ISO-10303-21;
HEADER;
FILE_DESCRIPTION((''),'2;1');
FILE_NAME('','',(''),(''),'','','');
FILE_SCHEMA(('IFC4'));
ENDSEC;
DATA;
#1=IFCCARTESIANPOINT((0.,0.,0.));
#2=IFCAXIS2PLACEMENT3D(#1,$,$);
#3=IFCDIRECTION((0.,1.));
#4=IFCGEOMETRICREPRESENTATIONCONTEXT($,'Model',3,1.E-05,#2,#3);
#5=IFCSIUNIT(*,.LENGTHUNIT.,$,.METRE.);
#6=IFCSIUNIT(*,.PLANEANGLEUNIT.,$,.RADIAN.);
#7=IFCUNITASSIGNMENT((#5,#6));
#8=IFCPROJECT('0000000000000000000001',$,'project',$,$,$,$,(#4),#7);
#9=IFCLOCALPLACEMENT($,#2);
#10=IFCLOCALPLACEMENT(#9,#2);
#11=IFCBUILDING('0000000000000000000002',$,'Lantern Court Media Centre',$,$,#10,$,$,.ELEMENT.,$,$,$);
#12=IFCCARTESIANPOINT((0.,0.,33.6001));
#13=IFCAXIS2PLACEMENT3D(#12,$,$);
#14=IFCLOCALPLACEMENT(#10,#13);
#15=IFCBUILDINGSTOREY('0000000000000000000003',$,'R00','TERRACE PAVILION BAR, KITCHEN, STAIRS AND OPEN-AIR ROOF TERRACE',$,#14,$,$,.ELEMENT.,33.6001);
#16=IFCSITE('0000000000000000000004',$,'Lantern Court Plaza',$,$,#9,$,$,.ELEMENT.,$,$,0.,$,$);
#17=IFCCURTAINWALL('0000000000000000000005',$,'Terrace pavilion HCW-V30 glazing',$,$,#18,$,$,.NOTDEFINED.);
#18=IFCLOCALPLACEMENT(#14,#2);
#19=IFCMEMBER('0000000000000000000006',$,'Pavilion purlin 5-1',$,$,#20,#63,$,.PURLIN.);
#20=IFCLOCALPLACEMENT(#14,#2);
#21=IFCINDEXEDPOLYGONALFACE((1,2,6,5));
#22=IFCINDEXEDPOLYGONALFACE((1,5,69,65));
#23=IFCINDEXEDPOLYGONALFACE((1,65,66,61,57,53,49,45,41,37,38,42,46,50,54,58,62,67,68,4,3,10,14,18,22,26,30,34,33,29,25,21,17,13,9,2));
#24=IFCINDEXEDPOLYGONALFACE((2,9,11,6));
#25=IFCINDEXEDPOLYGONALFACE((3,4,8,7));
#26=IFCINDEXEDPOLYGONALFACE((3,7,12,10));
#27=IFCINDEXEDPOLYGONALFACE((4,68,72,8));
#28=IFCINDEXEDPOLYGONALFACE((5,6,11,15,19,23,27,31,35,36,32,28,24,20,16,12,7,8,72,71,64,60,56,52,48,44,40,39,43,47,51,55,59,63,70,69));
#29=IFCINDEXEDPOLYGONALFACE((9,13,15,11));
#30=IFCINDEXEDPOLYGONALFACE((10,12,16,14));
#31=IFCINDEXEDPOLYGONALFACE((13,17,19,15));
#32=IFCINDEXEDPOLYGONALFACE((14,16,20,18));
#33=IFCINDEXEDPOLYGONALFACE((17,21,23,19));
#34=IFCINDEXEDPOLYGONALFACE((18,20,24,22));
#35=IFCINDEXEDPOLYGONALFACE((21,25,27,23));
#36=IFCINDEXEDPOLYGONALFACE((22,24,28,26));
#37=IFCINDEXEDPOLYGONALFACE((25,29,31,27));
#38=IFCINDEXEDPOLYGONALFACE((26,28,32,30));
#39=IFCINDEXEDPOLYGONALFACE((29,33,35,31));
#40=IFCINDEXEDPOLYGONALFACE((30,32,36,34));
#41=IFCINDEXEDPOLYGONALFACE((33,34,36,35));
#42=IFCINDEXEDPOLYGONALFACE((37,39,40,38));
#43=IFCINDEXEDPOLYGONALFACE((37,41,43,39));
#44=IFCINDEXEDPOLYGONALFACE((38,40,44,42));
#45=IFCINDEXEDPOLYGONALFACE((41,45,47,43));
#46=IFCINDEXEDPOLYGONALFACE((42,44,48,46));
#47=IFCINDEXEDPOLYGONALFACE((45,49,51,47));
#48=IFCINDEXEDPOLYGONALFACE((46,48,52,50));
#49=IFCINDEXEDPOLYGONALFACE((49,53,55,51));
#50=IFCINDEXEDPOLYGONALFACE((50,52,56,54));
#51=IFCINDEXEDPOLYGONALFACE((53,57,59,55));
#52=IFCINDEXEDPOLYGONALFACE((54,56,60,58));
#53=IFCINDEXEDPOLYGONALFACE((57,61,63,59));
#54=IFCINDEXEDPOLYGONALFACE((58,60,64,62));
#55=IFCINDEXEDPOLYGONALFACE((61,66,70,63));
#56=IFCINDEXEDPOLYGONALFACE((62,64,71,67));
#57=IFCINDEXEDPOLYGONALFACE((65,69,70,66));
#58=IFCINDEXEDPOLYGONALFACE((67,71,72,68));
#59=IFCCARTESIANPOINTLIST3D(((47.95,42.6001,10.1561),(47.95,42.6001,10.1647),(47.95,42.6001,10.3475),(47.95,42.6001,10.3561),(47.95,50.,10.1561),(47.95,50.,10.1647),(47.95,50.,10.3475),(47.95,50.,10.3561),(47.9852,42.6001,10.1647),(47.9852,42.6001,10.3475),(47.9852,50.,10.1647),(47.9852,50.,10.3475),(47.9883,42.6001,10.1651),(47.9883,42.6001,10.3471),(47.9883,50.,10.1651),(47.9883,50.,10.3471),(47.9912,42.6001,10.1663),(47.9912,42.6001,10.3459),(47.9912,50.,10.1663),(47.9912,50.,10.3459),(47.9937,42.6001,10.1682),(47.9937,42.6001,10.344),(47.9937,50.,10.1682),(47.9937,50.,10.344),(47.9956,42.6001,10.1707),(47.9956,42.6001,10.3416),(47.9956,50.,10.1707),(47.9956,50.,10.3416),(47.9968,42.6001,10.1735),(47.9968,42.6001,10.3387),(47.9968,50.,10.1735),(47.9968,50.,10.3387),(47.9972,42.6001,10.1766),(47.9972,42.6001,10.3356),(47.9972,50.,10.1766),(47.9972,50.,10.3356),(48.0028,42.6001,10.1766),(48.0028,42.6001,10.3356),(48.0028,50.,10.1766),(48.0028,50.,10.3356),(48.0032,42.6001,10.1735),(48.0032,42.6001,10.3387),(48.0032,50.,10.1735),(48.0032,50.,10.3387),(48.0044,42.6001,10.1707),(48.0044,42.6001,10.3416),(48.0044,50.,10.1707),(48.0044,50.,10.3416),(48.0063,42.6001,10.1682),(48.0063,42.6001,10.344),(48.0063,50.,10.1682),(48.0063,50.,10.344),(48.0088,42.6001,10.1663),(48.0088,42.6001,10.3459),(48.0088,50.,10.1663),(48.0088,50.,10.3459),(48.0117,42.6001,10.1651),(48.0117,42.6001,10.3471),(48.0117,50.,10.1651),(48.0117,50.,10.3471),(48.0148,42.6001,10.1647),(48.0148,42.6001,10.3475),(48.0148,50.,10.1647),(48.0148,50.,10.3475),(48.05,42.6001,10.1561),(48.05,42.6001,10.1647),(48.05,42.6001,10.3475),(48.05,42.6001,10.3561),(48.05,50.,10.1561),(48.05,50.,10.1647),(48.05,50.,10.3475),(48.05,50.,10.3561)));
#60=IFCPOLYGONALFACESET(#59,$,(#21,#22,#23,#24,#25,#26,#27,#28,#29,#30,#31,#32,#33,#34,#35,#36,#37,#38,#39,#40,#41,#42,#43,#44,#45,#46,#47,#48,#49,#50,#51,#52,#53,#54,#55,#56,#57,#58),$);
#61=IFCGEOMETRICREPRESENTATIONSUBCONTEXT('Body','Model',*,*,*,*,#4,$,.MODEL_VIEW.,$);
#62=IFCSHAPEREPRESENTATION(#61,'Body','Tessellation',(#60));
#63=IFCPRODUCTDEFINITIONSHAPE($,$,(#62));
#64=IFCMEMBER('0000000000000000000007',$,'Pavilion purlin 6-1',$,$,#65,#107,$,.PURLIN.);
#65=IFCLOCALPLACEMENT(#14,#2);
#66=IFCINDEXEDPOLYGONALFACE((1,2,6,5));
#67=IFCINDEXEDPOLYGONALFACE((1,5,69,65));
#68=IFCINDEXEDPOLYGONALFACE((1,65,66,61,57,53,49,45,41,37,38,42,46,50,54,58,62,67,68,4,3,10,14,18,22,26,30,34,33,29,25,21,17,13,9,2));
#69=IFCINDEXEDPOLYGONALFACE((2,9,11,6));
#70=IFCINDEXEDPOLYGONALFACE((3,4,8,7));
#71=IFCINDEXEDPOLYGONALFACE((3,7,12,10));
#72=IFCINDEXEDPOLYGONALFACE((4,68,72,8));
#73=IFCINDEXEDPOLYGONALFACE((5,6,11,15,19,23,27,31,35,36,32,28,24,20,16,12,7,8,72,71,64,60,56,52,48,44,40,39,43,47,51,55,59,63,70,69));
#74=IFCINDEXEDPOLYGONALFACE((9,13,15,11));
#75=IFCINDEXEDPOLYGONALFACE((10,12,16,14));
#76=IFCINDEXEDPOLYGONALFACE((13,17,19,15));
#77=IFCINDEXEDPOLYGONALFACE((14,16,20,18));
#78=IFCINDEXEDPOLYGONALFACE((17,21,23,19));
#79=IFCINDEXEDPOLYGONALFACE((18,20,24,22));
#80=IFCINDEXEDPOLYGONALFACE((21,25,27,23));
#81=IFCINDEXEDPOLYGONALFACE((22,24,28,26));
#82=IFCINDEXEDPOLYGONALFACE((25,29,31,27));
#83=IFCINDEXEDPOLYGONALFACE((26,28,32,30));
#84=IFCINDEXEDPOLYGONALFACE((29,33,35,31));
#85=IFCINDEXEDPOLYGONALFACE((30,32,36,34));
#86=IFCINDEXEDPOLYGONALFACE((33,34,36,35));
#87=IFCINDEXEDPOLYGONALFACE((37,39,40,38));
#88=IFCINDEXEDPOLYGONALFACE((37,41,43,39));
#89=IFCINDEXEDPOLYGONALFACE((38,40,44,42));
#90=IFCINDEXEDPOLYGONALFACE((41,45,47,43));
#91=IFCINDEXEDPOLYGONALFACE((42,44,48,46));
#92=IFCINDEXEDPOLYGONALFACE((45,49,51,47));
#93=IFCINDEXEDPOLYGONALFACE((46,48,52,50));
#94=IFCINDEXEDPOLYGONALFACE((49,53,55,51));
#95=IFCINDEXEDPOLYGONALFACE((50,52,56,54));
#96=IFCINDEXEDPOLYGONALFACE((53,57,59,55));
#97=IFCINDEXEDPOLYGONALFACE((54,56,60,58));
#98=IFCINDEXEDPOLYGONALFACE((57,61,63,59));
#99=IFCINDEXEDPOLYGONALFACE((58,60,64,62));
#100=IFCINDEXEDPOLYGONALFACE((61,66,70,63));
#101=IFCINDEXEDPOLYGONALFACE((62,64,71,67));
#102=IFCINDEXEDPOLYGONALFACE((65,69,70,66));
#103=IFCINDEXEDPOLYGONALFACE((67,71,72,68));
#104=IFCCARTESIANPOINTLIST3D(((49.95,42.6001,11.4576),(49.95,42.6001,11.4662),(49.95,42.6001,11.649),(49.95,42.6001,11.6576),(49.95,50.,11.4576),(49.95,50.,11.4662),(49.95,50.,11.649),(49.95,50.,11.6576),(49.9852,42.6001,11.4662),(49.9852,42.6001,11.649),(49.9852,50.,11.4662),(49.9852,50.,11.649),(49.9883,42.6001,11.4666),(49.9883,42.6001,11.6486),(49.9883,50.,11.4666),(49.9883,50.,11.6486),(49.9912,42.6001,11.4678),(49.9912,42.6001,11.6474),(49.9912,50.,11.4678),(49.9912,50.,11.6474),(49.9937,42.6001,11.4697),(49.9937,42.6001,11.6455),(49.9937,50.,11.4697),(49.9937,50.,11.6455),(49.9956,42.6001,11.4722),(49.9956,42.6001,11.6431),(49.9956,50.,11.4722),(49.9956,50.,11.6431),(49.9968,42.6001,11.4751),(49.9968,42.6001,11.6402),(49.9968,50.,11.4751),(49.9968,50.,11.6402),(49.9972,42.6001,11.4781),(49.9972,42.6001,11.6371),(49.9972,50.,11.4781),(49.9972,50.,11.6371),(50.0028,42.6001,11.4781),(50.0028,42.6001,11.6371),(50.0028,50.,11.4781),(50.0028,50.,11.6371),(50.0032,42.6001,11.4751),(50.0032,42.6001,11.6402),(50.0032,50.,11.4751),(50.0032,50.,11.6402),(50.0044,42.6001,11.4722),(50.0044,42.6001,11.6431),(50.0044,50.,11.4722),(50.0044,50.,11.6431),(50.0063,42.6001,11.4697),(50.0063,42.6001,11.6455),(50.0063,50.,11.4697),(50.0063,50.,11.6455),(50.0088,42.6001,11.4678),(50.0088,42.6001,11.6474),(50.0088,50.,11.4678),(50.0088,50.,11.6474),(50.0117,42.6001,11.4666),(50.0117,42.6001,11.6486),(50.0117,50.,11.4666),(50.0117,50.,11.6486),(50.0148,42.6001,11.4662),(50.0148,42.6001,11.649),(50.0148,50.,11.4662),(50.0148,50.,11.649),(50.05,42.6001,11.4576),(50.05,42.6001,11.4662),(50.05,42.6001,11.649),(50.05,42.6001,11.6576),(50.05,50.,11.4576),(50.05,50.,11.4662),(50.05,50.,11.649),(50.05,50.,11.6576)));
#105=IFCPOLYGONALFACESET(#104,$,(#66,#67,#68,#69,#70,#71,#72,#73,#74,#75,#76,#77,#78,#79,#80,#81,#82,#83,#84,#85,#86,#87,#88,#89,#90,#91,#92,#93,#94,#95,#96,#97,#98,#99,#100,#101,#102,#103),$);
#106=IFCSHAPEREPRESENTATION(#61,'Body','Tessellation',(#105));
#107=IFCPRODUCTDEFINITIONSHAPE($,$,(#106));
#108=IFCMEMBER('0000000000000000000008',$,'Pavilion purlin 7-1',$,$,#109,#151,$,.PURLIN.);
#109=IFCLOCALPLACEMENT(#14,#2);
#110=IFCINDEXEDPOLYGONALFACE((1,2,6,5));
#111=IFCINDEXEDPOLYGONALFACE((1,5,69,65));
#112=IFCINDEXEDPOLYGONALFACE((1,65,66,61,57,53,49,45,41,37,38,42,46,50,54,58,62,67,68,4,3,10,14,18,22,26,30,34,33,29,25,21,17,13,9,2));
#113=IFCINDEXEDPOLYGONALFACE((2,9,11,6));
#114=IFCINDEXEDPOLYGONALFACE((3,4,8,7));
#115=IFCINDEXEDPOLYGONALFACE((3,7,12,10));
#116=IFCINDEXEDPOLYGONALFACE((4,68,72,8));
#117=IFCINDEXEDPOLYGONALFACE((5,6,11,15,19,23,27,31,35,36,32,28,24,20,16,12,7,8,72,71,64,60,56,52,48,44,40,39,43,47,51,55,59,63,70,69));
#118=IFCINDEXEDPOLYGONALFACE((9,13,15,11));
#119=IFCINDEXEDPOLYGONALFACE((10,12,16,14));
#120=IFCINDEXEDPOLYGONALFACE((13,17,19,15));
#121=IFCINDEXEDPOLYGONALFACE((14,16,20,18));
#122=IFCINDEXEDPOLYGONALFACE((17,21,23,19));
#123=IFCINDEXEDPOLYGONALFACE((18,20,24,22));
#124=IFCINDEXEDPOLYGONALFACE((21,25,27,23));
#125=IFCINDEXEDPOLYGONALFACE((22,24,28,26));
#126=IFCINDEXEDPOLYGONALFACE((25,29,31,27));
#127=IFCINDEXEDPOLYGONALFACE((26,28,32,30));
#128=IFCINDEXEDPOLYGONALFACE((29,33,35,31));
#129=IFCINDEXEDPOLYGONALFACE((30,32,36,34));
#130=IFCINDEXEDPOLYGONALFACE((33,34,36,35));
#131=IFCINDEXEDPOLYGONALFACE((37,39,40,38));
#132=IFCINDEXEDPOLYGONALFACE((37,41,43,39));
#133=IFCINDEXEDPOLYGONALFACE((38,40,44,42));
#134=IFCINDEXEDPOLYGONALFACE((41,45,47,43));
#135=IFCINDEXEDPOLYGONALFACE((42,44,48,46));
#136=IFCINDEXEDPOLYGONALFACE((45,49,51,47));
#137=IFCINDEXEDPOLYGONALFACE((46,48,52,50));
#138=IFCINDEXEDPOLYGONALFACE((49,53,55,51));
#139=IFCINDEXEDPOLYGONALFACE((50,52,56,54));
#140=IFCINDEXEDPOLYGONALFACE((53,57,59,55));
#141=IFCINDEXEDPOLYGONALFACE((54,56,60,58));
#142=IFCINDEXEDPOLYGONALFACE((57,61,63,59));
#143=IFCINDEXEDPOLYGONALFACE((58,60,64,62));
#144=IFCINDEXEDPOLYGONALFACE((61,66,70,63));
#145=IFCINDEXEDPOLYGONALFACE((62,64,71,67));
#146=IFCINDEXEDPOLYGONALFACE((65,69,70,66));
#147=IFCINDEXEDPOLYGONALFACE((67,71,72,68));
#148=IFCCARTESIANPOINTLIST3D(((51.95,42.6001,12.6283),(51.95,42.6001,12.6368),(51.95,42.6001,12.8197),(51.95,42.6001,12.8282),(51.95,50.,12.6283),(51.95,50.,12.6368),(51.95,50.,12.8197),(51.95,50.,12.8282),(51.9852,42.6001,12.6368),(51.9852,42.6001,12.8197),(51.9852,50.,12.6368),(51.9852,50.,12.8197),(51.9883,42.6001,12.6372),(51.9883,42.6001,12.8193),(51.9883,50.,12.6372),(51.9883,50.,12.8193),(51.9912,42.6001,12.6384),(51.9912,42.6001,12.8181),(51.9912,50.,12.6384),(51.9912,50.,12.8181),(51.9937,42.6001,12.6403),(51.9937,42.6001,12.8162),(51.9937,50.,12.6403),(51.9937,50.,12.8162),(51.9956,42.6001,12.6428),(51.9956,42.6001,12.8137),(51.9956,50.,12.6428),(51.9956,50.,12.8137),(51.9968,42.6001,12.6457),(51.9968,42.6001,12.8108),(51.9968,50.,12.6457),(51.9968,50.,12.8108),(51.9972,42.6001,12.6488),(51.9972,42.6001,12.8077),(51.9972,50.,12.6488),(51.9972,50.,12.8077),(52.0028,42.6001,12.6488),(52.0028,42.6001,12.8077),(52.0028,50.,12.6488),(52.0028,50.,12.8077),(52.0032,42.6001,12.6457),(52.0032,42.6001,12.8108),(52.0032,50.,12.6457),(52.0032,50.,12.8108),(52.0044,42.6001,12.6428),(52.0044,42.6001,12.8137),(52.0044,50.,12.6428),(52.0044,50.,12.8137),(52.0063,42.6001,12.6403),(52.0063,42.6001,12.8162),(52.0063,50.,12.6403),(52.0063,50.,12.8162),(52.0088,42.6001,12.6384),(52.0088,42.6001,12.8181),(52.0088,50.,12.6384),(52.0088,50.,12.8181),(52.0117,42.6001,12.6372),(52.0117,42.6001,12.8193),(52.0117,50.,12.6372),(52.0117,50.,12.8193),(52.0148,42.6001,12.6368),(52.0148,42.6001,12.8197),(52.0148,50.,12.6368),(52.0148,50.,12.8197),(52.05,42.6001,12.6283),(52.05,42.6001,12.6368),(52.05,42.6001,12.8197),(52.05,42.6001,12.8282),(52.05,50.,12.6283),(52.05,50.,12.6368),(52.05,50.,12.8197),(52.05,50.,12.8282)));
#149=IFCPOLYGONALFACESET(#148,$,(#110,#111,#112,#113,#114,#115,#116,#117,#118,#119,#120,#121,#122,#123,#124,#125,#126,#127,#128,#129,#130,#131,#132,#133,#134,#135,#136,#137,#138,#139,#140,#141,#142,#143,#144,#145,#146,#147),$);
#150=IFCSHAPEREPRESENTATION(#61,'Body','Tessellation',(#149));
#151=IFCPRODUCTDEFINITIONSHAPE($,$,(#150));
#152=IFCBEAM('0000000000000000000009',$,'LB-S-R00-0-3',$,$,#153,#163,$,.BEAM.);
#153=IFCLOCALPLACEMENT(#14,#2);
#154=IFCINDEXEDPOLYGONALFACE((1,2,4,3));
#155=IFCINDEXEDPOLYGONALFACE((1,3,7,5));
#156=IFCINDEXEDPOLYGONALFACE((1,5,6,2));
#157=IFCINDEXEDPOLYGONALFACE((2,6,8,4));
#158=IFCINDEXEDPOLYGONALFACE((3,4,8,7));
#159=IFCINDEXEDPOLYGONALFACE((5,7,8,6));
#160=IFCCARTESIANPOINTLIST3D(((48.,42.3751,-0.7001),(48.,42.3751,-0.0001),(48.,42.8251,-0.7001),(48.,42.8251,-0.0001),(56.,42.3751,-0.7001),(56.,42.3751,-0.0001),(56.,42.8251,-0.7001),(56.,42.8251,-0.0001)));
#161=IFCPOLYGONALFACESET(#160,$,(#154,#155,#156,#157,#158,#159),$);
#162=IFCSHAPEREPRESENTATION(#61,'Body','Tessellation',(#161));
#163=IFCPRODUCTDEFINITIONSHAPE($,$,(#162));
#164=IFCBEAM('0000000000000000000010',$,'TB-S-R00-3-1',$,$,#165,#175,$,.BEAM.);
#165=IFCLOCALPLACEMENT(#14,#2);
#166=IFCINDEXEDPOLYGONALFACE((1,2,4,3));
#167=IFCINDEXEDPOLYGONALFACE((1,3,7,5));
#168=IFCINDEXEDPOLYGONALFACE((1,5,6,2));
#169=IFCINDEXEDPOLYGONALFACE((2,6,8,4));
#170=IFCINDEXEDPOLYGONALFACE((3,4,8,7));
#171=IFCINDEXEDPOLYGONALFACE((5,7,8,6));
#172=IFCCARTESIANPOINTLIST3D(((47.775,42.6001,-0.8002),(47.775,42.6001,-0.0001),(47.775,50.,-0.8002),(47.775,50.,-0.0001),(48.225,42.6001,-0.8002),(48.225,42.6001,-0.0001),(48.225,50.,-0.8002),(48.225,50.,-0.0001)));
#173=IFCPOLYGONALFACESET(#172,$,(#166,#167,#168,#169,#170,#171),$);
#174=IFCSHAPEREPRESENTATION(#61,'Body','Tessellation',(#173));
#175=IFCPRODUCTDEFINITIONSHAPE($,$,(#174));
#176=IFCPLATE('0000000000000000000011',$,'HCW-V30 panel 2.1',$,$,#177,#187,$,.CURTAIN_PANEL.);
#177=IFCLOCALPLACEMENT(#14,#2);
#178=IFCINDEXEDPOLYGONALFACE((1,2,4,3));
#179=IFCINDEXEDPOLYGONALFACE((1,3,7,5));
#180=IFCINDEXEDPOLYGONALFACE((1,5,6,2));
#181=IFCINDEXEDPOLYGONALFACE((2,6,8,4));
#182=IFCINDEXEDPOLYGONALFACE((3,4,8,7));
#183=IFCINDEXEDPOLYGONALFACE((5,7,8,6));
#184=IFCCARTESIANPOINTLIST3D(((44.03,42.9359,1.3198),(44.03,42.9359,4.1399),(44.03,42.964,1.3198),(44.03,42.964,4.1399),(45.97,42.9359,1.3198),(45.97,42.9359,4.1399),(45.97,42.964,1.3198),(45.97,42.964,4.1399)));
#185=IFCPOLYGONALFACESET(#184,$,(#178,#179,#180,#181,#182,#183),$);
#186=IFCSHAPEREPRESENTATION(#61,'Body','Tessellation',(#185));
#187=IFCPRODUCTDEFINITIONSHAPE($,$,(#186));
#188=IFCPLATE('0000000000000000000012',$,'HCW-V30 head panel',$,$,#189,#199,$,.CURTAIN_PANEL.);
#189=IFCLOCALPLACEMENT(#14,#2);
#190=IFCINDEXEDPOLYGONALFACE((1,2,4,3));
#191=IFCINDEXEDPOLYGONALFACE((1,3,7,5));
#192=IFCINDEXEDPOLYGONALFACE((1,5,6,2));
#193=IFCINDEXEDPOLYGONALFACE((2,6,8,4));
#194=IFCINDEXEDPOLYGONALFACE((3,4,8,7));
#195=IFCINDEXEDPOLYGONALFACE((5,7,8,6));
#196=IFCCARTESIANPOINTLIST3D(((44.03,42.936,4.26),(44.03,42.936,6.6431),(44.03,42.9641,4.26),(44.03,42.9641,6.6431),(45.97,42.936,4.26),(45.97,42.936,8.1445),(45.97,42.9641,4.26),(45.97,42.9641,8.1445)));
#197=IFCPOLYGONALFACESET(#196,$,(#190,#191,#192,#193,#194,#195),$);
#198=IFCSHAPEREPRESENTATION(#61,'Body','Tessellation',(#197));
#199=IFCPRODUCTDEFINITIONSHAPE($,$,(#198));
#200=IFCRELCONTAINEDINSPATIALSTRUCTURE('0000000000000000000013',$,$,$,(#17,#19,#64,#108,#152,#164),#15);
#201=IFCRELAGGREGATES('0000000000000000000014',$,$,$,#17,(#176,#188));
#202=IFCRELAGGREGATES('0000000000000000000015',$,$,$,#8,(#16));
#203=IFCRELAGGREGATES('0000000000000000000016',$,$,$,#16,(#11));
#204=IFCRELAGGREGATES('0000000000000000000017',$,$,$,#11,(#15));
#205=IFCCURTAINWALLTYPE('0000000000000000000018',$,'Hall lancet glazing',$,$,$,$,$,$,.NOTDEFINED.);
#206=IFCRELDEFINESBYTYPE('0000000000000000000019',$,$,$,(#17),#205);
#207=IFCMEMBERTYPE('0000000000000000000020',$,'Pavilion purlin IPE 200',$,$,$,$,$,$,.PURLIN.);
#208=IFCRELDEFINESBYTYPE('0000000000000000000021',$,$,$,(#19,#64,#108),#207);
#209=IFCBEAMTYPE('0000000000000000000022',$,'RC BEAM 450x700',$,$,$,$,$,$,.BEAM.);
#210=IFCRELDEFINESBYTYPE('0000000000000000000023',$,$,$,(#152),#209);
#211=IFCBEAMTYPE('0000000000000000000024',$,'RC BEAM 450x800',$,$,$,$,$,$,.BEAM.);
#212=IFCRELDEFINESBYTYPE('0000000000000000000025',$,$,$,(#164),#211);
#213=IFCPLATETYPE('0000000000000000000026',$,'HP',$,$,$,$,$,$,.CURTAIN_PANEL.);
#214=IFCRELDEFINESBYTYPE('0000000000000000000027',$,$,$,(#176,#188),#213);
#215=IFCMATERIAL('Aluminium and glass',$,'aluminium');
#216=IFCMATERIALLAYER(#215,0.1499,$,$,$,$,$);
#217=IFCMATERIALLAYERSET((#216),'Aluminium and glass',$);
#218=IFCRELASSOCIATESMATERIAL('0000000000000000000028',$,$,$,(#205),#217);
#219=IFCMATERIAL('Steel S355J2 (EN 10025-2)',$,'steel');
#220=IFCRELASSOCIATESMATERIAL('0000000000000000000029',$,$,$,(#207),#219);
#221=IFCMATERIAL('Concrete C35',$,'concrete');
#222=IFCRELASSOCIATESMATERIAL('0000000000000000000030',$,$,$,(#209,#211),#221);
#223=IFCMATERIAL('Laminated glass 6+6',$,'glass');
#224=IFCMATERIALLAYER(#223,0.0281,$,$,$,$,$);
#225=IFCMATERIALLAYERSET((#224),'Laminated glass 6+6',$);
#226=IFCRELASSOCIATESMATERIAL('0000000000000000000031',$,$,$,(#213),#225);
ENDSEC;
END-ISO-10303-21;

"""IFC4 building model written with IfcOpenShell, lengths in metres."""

from ifc_helpers import new_model, si_unit, direction, frame, origin, origin_2d, place, context, subcontext, project, spatial, polyline, rectangle, i_section, outline, extrude, material, layer, layer_set, material_profile, profile_set, type_object, element, aggregate, save


model = new_model("IFC4")

# Units and contexts
model_context = context("Model", 3, precision=1e-05, world=origin(), true_north=direction((0.0, 1.0)))
body_context = subcontext(model_context, "Body", "Model", "MODEL_VIEW")
ifc_project = project(units=[si_unit("LENGTHUNIT", "METRE"), si_unit("PLANEANGLEUNIT", "RADIAN")], contexts=[model_context])

# Site, building, storey
site_placement = place(None, origin())
site = spatial("IfcSite", under=ifc_project, at=site_placement, Name="Lantern Court Plaza", CompositionType="ELEMENT", RefElevation=0.0)
building_placement = place(site_placement, origin())
building = spatial("IfcBuilding", under=site, at=building_placement, Name="Lantern Court Media Centre", CompositionType="ELEMENT")
storey_placement = place(building_placement, frame((0.0, 0.0, 33.6001)))
storey = spatial("IfcBuildingStorey", under=building, at=storey_placement, Name="R00", Description="TERRACE PAVILION BAR, KITCHEN, STAIRS AND OPEN-AIR ROOF TERRACE", CompositionType="ELEMENT", Elevation=33.6001)

# Curtain wall
ifc_material_1 = material(Name="Aluminium and glass", Category="aluminium")
ifc_layer_1 = layer(ifc_material_1, 0.1499)
ifc_layer_set_1 = layer_set([ifc_layer_1], Name="Aluminium and glass")
curtain_wall_type = type_object("IfcCurtainWallType", Name="Hall lancet glazing", PredefinedType="NOTDEFINED", material=ifc_layer_set_1)
curtain_wall_placement = place(storey_placement, origin())
curtain_wall = element("IfcCurtainWall", 1, at=curtain_wall_placement, inside=storey, type_object=curtain_wall_type, Name="Terrace pavilion HCW-V30 glazing", PredefinedType="NOTDEFINED")

# Members
ifc_material_2 = material(Name="Steel S355J2 (EN 10025-2)", Category="steel")
ifc_material_profile_1 = material_profile(ifc_material_2, i_section(OverallWidth=0.1001, OverallDepth=0.2, WebThickness=0.0056, FlangeThickness=0.0085, FilletRadius=0.012, at=origin_2d()), Name="IPE 200")
ifc_profile_set_1 = profile_set([ifc_material_profile_1], Name="Steel S355J2 (EN 10025-2)")
member_type_1 = type_object("IfcMemberType", Name="Pavilion purlin IPE 200", PredefinedType="PURLIN", material=ifc_profile_set_1)
for number, where, z_axis, x_axis, name in (
    (2, (48.0, 42.6001, 10.2561), (0.0, 1.0, 0.0), (-1.0, 0.0, 0.0), "Pavilion purlin 5-1"),
    (3, (50.0, 42.6001, 11.5576), (0.0, 1.0, 0.0), (-1.0, 0.0, 0.0), "Pavilion purlin 6-1"),
    (4, (52.0, 42.6001, 12.7283), (0.0, 1.0, 0.0), (-1.0, 0.0, 0.0), "Pavilion purlin 7-1"),
):
    element("IfcMember", number, at=place(storey_placement, frame(where, z_axis=z_axis, x_axis=x_axis)), inside=storey, type_object=member_type_1, Name=name, PredefinedType="PURLIN", context=body_context, shape_type="SweptSolid", body=[
        extrude(i_section(OverallWidth=0.1001, OverallDepth=0.2, WebThickness=0.0056, FlangeThickness=0.0085, FilletRadius=0.012, at=origin_2d()), origin(), (0.0, 0.0, 1.0), 7.3999),
    ])

# Beams
ifc_material_3 = material(Name="Concrete C35", Category="concrete")
ifc_material_profile_2 = material_profile(ifc_material_3, rectangle(XDim=0.45, YDim=0.7, at=origin_2d()), Name="RC 450x700")
ifc_profile_set_2 = profile_set([ifc_material_profile_2], Name="Concrete C35")
beam_type_1 = type_object("IfcBeamType", Name="RC BEAM 450x700", PredefinedType="BEAM", material=ifc_profile_set_2)
beam_1_placement = place(storey_placement, frame((48.0, 42.6001, -0.3501), z_axis=(1.0, 0.0, 0.0), x_axis=(0.0, 1.0, 0.0)))
element("IfcBeam", 5, at=beam_1_placement, inside=storey, type_object=beam_type_1, Name="LB-S-R00-0-3", PredefinedType="BEAM", context=body_context, shape_type="SweptSolid", body=[
    extrude(rectangle(XDim=0.45, YDim=0.7, at=origin_2d()), origin(), (0.0, 0.0, 1.0), 8.0),
])
ifc_material_profile_3 = material_profile(ifc_material_3, rectangle(XDim=0.45, YDim=0.8, at=origin_2d()), Name="RC 450x800")
ifc_profile_set_3 = profile_set([ifc_material_profile_3], Name="Concrete C35")
beam_type_2 = type_object("IfcBeamType", Name="RC BEAM 450x800", PredefinedType="BEAM", material=ifc_profile_set_3)
beam_2_placement = place(storey_placement, frame((48.0, 42.6001, -0.4001), z_axis=(0.0, 1.0, 0.0), x_axis=(-1.0, 0.0, 0.0)))
element("IfcBeam", 6, at=beam_2_placement, inside=storey, type_object=beam_type_2, Name="TB-S-R00-3-1", PredefinedType="BEAM", context=body_context, shape_type="SweptSolid", body=[
    extrude(rectangle(XDim=0.45, YDim=0.8, at=origin_2d()), origin(), (0.0, 0.0, 1.0), 7.3999),
])

# Plates
ifc_material_4 = material(Name="Laminated glass 6+6", Category="glass")
ifc_layer_2 = layer(ifc_material_4, 0.0281)
ifc_layer_set_2 = layer_set([ifc_layer_2], Name="Laminated glass 6+6")
plate_type = type_object("IfcPlateType", Name="HP", PredefinedType="CURTAIN_PANEL", material=ifc_layer_set_2)
plate_1_placement = place(storey_placement, frame((45.0, 42.95, 1.3198), z_axis=(0.0, 0.0, 1.0), x_axis=(1.0, 0.0, 0.0)))
plate_1 = element("IfcPlate", 7, at=plate_1_placement, type_object=plate_type, Name="HCW-V30 panel 2.1", PredefinedType="CURTAIN_PANEL", context=body_context, shape_type="SweptSolid", body=[
    extrude(rectangle(XDim=1.9399, YDim=0.0281, at=origin_2d()), origin(), (0.0, 0.0, 1.0), 2.8201),
])
plate_2_placement = place(storey_placement, frame((44.03, 42.936, 4.26), z_axis=(0.0, -1.0, 0.0), x_axis=(1.0, 0.0, 0.0)))
plate_2 = element("IfcPlate", 8, at=plate_2_placement, type_object=plate_type, Name="HCW-V30 head panel", PredefinedType="CURTAIN_PANEL", context=body_context, shape_type="SweptSolid", body=[
    extrude(outline(polyline([(0.0, 0.0), (1.9399, 0.0), (1.9399, 3.8845), (0.0, 2.3831), (0.0, 0.0)])), origin(), (0.0, 0.0, -1.0), 0.0281),
])
aggregate(curtain_wall, [plate_1, plate_2])

save(model, "model.ifc")
